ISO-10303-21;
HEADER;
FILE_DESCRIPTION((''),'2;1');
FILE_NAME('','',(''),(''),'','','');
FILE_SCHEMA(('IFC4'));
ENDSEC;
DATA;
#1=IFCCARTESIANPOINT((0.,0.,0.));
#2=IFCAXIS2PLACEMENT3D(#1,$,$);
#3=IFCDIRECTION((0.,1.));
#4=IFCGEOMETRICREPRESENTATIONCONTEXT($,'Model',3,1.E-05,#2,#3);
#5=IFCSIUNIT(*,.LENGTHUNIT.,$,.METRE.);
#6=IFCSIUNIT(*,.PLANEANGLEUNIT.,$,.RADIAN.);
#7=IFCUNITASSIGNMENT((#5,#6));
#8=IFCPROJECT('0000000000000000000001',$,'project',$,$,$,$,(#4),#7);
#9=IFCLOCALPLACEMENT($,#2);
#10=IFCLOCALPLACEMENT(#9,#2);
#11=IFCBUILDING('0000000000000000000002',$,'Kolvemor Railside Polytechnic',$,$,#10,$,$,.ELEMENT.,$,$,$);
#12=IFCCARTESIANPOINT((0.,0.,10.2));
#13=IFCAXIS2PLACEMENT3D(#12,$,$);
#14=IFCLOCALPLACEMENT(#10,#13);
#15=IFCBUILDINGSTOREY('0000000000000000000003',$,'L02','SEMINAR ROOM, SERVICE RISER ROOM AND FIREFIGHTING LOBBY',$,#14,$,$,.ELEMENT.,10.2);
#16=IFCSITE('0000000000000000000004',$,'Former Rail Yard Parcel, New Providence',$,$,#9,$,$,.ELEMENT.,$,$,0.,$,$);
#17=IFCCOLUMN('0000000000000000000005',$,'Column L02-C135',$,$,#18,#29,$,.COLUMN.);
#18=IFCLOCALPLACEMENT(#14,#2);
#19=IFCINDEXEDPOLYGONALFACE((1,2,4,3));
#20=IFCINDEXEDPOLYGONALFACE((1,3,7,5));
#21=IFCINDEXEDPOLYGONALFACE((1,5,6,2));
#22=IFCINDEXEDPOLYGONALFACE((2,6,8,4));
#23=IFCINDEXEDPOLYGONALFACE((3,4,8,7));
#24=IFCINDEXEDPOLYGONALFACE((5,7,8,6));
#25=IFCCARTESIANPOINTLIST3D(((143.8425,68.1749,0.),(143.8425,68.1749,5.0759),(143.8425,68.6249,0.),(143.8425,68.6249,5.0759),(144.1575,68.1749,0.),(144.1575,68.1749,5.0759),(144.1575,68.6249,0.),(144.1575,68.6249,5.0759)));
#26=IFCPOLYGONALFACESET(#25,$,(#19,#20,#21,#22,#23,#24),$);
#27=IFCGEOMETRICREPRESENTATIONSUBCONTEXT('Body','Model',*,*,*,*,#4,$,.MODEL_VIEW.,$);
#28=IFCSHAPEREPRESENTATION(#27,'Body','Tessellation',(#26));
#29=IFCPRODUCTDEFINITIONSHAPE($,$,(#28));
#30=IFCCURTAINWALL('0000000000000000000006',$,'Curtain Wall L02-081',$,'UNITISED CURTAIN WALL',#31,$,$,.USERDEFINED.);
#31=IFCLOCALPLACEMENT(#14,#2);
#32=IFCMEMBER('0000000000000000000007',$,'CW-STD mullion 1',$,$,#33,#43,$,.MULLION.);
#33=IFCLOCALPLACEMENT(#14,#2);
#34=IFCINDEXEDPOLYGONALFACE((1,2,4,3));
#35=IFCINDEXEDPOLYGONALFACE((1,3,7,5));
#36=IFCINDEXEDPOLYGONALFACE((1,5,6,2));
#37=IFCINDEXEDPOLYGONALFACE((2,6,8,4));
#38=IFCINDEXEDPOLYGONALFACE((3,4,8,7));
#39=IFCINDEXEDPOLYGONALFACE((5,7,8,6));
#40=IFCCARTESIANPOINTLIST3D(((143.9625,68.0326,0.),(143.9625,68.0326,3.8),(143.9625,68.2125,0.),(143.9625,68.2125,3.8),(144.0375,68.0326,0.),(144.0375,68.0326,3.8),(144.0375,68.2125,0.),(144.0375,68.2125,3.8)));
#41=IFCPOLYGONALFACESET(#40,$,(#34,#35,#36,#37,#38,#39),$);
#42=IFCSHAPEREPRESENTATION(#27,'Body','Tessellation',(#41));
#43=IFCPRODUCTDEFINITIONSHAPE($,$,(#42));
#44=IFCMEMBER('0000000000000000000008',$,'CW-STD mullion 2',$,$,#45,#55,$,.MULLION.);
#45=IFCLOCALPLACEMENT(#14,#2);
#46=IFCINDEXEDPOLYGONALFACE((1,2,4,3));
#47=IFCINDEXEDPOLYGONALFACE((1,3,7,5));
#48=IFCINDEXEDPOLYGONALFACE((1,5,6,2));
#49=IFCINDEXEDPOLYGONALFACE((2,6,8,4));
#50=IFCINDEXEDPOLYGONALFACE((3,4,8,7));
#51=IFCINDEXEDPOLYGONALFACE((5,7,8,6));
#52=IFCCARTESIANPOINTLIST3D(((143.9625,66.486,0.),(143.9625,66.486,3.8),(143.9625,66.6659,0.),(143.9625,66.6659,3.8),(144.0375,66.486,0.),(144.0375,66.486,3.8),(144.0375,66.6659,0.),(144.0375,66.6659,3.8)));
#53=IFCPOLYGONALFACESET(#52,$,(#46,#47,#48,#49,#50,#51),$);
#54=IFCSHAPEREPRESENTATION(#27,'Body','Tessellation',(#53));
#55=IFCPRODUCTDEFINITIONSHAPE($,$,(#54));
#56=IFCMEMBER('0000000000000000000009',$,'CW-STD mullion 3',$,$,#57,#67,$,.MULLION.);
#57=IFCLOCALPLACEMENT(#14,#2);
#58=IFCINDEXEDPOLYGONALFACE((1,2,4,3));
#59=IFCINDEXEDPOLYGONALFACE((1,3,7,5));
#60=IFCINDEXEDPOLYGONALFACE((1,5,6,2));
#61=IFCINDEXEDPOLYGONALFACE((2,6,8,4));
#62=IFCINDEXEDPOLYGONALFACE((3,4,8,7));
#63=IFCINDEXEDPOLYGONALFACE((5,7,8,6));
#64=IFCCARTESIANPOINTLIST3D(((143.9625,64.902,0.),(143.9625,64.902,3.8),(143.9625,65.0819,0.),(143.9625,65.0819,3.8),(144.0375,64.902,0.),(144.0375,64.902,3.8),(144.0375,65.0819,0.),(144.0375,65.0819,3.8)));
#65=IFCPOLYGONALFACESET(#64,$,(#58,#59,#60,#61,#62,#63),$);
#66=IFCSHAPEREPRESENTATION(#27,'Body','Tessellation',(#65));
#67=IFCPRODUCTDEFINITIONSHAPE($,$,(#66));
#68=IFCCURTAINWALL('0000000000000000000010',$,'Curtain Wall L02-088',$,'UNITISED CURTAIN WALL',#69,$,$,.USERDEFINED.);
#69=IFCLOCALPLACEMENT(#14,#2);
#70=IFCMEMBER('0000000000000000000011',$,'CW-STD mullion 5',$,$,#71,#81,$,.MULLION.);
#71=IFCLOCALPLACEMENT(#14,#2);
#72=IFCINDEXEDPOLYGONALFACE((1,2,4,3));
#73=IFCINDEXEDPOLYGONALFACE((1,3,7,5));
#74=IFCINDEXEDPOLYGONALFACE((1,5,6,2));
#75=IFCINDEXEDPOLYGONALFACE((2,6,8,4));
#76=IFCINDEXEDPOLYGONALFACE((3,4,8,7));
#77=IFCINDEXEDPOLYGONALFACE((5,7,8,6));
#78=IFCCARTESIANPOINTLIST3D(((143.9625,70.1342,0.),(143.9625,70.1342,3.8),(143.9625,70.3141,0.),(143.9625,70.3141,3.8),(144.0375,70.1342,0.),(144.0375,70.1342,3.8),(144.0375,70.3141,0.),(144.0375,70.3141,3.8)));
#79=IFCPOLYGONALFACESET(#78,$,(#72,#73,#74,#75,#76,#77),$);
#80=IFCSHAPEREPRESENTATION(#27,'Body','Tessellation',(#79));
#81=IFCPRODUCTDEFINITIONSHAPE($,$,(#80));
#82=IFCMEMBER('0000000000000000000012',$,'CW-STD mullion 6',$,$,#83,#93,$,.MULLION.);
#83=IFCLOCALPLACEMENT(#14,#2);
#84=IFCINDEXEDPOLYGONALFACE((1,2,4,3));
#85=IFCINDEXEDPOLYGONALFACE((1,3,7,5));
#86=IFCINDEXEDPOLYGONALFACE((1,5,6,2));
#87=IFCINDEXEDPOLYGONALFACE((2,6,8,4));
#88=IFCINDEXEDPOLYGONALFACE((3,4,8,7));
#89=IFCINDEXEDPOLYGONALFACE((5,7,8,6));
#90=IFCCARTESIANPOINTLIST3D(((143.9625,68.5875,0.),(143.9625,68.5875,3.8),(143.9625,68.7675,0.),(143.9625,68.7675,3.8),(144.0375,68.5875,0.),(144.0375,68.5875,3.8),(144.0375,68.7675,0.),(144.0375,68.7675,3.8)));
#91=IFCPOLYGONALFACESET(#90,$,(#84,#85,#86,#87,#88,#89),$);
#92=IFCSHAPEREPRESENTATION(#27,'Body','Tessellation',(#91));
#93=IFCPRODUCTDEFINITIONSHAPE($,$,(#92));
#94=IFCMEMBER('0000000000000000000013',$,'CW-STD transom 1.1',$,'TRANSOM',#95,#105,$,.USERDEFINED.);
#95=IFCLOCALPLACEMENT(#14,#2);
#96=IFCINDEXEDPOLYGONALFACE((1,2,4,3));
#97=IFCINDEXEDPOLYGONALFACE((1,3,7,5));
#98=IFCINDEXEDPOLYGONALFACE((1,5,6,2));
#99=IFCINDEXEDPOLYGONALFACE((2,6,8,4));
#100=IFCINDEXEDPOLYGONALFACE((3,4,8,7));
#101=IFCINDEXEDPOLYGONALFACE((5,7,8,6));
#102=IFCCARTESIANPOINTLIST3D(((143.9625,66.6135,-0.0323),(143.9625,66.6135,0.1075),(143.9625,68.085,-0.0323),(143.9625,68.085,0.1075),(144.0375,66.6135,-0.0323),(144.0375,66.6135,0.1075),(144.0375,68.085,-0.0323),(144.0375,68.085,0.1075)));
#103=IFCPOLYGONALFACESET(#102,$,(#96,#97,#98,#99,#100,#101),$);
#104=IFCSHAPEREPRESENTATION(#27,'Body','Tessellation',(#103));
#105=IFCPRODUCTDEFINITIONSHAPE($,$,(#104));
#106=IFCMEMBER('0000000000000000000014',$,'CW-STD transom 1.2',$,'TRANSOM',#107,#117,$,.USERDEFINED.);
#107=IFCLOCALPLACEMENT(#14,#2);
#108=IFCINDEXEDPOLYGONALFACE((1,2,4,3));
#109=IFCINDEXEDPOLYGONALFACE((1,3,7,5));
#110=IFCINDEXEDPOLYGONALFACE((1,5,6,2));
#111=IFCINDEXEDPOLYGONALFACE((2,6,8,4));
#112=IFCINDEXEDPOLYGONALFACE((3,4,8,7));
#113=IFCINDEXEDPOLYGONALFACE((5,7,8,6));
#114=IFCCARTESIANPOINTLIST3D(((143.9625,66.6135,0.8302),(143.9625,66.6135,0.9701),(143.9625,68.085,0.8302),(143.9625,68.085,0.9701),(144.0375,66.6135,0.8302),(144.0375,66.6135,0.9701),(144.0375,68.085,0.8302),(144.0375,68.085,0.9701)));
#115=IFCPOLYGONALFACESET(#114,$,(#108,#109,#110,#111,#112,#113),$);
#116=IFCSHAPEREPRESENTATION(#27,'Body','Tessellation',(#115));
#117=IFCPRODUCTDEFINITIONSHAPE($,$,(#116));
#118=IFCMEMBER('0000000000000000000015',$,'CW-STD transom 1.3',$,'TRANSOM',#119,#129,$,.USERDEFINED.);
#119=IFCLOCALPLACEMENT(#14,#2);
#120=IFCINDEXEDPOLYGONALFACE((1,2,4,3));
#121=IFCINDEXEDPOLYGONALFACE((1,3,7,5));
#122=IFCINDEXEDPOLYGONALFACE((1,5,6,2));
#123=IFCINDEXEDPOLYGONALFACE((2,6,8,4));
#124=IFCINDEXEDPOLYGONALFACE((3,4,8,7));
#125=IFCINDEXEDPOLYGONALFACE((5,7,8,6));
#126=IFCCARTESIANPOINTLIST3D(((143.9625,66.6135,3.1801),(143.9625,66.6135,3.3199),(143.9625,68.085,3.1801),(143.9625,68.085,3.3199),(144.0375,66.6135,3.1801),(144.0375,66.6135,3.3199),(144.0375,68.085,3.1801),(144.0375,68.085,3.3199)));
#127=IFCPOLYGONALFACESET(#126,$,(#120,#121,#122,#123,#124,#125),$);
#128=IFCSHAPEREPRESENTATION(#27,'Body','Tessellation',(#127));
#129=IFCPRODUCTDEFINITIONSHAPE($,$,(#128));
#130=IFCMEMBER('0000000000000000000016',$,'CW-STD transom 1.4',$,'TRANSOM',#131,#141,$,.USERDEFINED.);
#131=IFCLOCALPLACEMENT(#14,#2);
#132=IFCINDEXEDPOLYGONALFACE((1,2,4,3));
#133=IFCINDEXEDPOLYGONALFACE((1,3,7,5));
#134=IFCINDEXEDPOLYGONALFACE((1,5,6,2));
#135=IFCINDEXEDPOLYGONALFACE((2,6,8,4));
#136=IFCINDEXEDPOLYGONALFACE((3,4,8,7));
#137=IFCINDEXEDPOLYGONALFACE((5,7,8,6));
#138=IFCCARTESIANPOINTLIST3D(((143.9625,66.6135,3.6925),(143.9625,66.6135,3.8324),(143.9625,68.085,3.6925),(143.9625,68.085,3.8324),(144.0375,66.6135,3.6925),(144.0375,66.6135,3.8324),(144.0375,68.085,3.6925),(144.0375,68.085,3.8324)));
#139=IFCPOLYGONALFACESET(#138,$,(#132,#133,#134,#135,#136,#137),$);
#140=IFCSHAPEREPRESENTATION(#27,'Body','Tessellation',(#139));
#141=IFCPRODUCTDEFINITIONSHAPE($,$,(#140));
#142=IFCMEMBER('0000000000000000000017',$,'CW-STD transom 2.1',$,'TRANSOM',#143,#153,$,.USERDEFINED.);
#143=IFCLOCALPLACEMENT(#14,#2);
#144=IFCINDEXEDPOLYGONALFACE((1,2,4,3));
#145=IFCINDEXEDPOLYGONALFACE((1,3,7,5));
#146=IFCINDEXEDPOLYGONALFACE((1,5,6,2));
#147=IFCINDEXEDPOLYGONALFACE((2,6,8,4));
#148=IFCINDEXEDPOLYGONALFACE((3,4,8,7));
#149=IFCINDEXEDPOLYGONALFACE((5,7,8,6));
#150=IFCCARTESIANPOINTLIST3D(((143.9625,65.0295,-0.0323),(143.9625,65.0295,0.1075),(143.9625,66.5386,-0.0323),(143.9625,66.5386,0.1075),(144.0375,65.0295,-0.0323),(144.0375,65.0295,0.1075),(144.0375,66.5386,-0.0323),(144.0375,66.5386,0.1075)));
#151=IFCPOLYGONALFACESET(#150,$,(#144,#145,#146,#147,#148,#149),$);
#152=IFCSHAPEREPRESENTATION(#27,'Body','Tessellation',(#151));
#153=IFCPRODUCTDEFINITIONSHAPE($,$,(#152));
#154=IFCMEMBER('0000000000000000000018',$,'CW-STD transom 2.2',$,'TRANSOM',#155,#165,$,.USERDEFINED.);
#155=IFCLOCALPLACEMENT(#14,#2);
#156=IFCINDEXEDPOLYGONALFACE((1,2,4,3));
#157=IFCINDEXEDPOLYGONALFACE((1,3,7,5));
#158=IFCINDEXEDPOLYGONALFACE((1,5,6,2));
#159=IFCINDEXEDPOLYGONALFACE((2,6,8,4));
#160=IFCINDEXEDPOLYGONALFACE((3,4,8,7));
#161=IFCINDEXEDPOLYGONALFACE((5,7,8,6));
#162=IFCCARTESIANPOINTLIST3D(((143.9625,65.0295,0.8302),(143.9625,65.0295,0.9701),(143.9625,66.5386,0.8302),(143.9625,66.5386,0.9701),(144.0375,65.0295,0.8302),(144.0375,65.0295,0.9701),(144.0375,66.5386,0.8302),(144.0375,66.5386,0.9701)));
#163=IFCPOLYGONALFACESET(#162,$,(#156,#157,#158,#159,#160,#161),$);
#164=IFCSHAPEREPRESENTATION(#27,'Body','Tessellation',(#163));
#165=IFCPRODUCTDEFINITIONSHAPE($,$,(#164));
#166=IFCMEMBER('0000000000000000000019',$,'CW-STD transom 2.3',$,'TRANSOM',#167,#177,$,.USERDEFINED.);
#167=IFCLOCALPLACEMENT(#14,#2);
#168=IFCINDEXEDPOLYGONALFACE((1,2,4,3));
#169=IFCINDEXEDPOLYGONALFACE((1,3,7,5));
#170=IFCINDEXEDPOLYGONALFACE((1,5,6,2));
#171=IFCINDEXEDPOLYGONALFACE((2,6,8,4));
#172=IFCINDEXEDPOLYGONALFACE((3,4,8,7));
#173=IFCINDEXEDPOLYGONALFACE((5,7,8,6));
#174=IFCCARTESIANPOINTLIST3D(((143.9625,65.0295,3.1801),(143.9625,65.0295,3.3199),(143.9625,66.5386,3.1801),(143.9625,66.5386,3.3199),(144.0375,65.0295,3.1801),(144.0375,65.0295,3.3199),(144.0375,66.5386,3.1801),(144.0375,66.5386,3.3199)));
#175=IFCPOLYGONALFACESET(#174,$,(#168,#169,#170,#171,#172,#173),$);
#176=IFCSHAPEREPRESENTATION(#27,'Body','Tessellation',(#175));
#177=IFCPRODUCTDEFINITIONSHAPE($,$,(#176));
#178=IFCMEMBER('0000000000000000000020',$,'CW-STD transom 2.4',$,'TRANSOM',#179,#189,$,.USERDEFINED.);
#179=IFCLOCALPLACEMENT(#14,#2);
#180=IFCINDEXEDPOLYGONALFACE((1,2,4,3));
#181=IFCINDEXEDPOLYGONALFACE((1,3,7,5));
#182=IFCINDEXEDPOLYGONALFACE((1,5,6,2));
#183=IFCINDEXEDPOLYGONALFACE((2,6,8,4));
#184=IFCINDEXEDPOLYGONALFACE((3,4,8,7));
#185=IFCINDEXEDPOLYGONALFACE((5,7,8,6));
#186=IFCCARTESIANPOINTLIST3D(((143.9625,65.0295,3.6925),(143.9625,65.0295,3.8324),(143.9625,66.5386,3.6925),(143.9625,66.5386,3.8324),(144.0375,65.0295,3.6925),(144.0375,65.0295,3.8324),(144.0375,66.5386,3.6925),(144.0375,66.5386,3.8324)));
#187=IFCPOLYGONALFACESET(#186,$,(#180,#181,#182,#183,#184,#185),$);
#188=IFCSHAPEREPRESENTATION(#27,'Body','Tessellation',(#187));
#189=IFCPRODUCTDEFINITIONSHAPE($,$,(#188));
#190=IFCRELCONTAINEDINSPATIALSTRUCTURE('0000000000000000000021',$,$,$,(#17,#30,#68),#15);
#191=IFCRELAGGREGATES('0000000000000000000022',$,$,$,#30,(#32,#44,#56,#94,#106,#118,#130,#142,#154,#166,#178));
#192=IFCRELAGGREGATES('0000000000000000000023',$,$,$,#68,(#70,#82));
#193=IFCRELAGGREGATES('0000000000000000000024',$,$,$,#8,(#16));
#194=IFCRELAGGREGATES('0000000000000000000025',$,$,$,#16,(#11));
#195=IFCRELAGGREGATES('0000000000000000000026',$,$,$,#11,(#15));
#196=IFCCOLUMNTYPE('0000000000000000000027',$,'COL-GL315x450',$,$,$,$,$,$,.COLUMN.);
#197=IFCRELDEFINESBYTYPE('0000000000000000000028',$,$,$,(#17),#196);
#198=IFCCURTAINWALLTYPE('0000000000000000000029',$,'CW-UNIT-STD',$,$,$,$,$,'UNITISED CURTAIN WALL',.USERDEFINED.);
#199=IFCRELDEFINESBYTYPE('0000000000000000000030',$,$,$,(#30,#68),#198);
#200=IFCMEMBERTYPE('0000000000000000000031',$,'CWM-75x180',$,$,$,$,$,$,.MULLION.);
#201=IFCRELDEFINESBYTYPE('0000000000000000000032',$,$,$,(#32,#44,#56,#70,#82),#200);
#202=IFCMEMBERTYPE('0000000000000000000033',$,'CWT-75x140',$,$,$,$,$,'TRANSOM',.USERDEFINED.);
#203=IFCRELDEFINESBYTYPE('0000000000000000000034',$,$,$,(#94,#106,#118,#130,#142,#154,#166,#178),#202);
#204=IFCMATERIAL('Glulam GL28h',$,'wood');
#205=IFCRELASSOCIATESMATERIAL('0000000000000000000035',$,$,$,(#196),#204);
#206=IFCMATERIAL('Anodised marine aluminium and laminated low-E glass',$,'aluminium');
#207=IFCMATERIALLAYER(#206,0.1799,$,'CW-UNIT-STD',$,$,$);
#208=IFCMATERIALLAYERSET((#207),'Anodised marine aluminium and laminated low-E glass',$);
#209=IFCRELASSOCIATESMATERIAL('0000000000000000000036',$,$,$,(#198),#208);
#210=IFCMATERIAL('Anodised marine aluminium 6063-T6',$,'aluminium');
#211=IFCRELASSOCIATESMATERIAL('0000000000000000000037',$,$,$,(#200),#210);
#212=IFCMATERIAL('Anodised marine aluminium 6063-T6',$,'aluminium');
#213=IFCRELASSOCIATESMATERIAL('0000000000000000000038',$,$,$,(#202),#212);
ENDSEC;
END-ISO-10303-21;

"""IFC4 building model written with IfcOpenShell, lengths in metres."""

from ifc_helpers import new_model, si_unit, direction, frame, origin, origin_2d, place, context, subcontext, project, spatial, rectangle, extrude, material, layer, layer_set, material_profile, profile_set, type_object, element, aggregate, save


model = new_model("IFC4")

# Units and contexts
model_context = context("Model", 3, precision=1e-05, world=origin(), true_north=direction((0.0, 1.0)))
body_context = subcontext(model_context, "Body", "Model", "MODEL_VIEW")
ifc_project = project(units=[si_unit("LENGTHUNIT", "METRE"), si_unit("PLANEANGLEUNIT", "RADIAN")], contexts=[model_context])

# Site, building, storey
site_placement = place(None, origin())
site = spatial("IfcSite", under=ifc_project, at=site_placement, Name="Former Rail Yard Parcel, New Providence", CompositionType="ELEMENT", RefElevation=0.0)
building_placement = place(site_placement, origin())
building = spatial("IfcBuilding", under=site, at=building_placement, Name="Kolvemor Railside Polytechnic", CompositionType="ELEMENT")
storey_placement = place(building_placement, frame((0.0, 0.0, 10.2)))
storey = spatial("IfcBuildingStorey", under=building, at=storey_placement, Name="L02", Description="SEMINAR ROOM, SERVICE RISER ROOM AND FIREFIGHTING LOBBY", CompositionType="ELEMENT", Elevation=10.2)

# Column
ifc_material_1 = material(Name="Glulam GL28h", Category="wood")
ifc_material_profile_1 = material_profile(ifc_material_1, rectangle(XDim=0.3149, YDim=0.45, at=origin_2d()), Name="GL315x450")
ifc_profile_set_1 = profile_set([ifc_material_profile_1], Name="Glulam GL28h")
column_type = type_object("IfcColumnType", Name="COL-GL315x450", PredefinedType="COLUMN", material=ifc_profile_set_1)
column_placement = place(storey_placement, frame((144.0, 68.3999, 0.0), z_axis=(0.0, 0.0, 1.0), x_axis=(1.0, 0.0, 0.0)))
element("IfcColumn", 1, at=column_placement, inside=storey, type_object=column_type, Name="Column L02-C135", PredefinedType="COLUMN", context=body_context, shape_type="SweptSolid", body=[
    extrude(rectangle(XDim=0.3149, YDim=0.45, at=origin_2d()), origin(), (0.0, 0.0, 1.0), 5.0759),
])

# Curtain walls, members
ifc_material_2 = material(Name="Anodised marine aluminium and laminated low-E glass", Category="aluminium")
ifc_layer_1 = layer(ifc_material_2, 0.1799, Name="CW-UNIT-STD")
ifc_layer_set_1 = layer_set([ifc_layer_1], Name="Anodised marine aluminium and laminated low-E glass")
curtain_wall_type = type_object("IfcCurtainWallType", Name="CW-UNIT-STD", ElementType="UNITISED CURTAIN WALL", PredefinedType="USERDEFINED", material=ifc_layer_set_1)
curtain_wall_1_placement = place(storey_placement, origin())
curtain_wall_1 = element("IfcCurtainWall", 2, at=curtain_wall_1_placement, inside=storey, type_object=curtain_wall_type, Name="Curtain Wall L02-081", ObjectType="UNITISED CURTAIN WALL", PredefinedType="USERDEFINED")
ifc_material_3 = material(Name="Anodised marine aluminium 6063-T6", Category="aluminium")
ifc_material_profile_2 = material_profile(ifc_material_3, rectangle(XDim=0.075, YDim=0.1799, at=origin_2d()), Name="CW-MUL-75x180")
ifc_profile_set_2 = profile_set([ifc_material_profile_2], Name="Anodised marine aluminium 6063-T6")
member_type_1 = type_object("IfcMemberType", Name="CWM-75x180", PredefinedType="MULLION", material=ifc_profile_set_2)
member_1_placement = place(storey_placement, frame((144.0, 68.1226, 0.0), z_axis=(0.0, 0.0, 1.0), x_axis=(1.0, 0.0, 0.0)))
member_1 = element("IfcMember", 3, at=member_1_placement, type_object=member_type_1, Name="CW-STD mullion 1", PredefinedType="MULLION", context=body_context, shape_type="SweptSolid", body=[
    extrude(rectangle(XDim=0.075, YDim=0.1799, at=origin_2d()), origin(), (0.0, 0.0, 1.0), 3.8),
])
member_2_placement = place(storey_placement, frame((144.0, 66.5759, 0.0), z_axis=(0.0, 0.0, 1.0), x_axis=(1.0, 0.0, 0.0)))
member_2 = element("IfcMember", 4, at=member_2_placement, type_object=member_type_1, Name="CW-STD mullion 2", PredefinedType="MULLION", context=body_context, shape_type="SweptSolid", body=[
    extrude(rectangle(XDim=0.075, YDim=0.1799, at=origin_2d()), origin(), (0.0, 0.0, 1.0), 3.8),
])
member_3_placement = place(storey_placement, frame((144.0, 64.9919, 0.0), z_axis=(0.0, 0.0, 1.0), x_axis=(1.0, 0.0, 0.0)))
member_3 = element("IfcMember", 5, at=member_3_placement, type_object=member_type_1, Name="CW-STD mullion 3", PredefinedType="MULLION", context=body_context, shape_type="SweptSolid", body=[
    extrude(rectangle(XDim=0.075, YDim=0.1799, at=origin_2d()), origin(), (0.0, 0.0, 1.0), 3.8),
])
curtain_wall_2_placement = place(storey_placement, origin())
curtain_wall_2 = element("IfcCurtainWall", 6, at=curtain_wall_2_placement, inside=storey, type_object=curtain_wall_type, Name="Curtain Wall L02-088", ObjectType="UNITISED CURTAIN WALL", PredefinedType="USERDEFINED")
member_4_placement = place(storey_placement, frame((144.0, 70.2241, 0.0), z_axis=(0.0, 0.0, 1.0), x_axis=(1.0, 0.0, 0.0)))
member_4 = element("IfcMember", 7, at=member_4_placement, type_object=member_type_1, Name="CW-STD mullion 5", PredefinedType="MULLION", context=body_context, shape_type="SweptSolid", body=[
    extrude(rectangle(XDim=0.075, YDim=0.1799, at=origin_2d()), origin(), (0.0, 0.0, 1.0), 3.8),
])
member_5_placement = place(storey_placement, frame((144.0, 68.6775, 0.0), z_axis=(0.0, 0.0, 1.0), x_axis=(1.0, 0.0, 0.0)))
member_5 = element("IfcMember", 8, at=member_5_placement, type_object=member_type_1, Name="CW-STD mullion 6", PredefinedType="MULLION", context=body_context, shape_type="SweptSolid", body=[
    extrude(rectangle(XDim=0.075, YDim=0.1799, at=origin_2d()), origin(), (0.0, 0.0, 1.0), 3.8),
])

# Members
ifc_material_4 = material(Name="Anodised marine aluminium 6063-T6", Category="aluminium")
ifc_material_profile_3 = material_profile(ifc_material_4, rectangle(XDim=0.075, YDim=0.1399, at=origin_2d()), Name="CW-TRN-75x140")
ifc_profile_set_3 = profile_set([ifc_material_profile_3], Name="Anodised marine aluminium 6063-T6")
member_type_2 = type_object("IfcMemberType", Name="CWT-75x140", ElementType="TRANSOM", PredefinedType="USERDEFINED", material=ifc_profile_set_3)
member_6_placement = place(storey_placement, frame((144.0, 68.085, 0.0376), z_axis=(0.0, -1.0, 0.0), x_axis=(1.0, 0.0, 0.0)))
member_6 = element("IfcMember", 9, at=member_6_placement, type_object=member_type_2, Name="CW-STD transom 1.1", ObjectType="TRANSOM", PredefinedType="USERDEFINED", context=body_context, shape_type="SweptSolid", body=[
    extrude(rectangle(XDim=0.075, YDim=0.1399, at=origin_2d()), origin(), (0.0, 0.0, 1.0), 1.4714),
])
member_7_placement = place(storey_placement, frame((144.0, 68.085, 0.9001), z_axis=(0.0, -1.0, 0.0), x_axis=(1.0, 0.0, 0.0)))
member_7 = element("IfcMember", 10, at=member_7_placement, type_object=member_type_2, Name="CW-STD transom 1.2", ObjectType="TRANSOM", PredefinedType="USERDEFINED", context=body_context, shape_type="SweptSolid", body=[
    extrude(rectangle(XDim=0.075, YDim=0.1399, at=origin_2d()), origin(), (0.0, 0.0, 1.0), 1.4714),
])
member_8_placement = place(storey_placement, frame((144.0, 68.085, 3.25), z_axis=(0.0, -1.0, 0.0), x_axis=(1.0, 0.0, 0.0)))
member_8 = element("IfcMember", 11, at=member_8_placement, type_object=member_type_2, Name="CW-STD transom 1.3", ObjectType="TRANSOM", PredefinedType="USERDEFINED", context=body_context, shape_type="SweptSolid", body=[
    extrude(rectangle(XDim=0.075, YDim=0.1399, at=origin_2d()), origin(), (0.0, 0.0, 1.0), 1.4714),
])
member_9_placement = place(storey_placement, frame((144.0, 68.085, 3.7625), z_axis=(0.0, -1.0, 0.0), x_axis=(1.0, 0.0, 0.0)))
member_9 = element("IfcMember", 12, at=member_9_placement, type_object=member_type_2, Name="CW-STD transom 1.4", ObjectType="TRANSOM", PredefinedType="USERDEFINED", context=body_context, shape_type="SweptSolid", body=[
    extrude(rectangle(XDim=0.075, YDim=0.1399, at=origin_2d()), origin(), (0.0, 0.0, 1.0), 1.4714),
])
member_10_placement = place(storey_placement, frame((144.0, 66.5386, 0.0376), z_axis=(0.0, -1.0, 0.0), x_axis=(1.0, 0.0, 0.0)))
member_10 = element("IfcMember", 13, at=member_10_placement, type_object=member_type_2, Name="CW-STD transom 2.1", ObjectType="TRANSOM", PredefinedType="USERDEFINED", context=body_context, shape_type="SweptSolid", body=[
    extrude(rectangle(XDim=0.075, YDim=0.1399, at=origin_2d()), origin(), (0.0, 0.0, 1.0), 1.509),
])
member_11_placement = place(storey_placement, frame((144.0, 66.5386, 0.9001), z_axis=(0.0, -1.0, 0.0), x_axis=(1.0, 0.0, 0.0)))
member_11 = element("IfcMember", 14, at=member_11_placement, type_object=member_type_2, Name="CW-STD transom 2.2", ObjectType="TRANSOM", PredefinedType="USERDEFINED", context=body_context, shape_type="SweptSolid", body=[
    extrude(rectangle(XDim=0.075, YDim=0.1399, at=origin_2d()), origin(), (0.0, 0.0, 1.0), 1.509),
])
member_12_placement = place(storey_placement, frame((144.0, 66.5386, 3.25), z_axis=(0.0, -1.0, 0.0), x_axis=(1.0, 0.0, 0.0)))
member_12 = element("IfcMember", 15, at=member_12_placement, type_object=member_type_2, Name="CW-STD transom 2.3", ObjectType="TRANSOM", PredefinedType="USERDEFINED", context=body_context, shape_type="SweptSolid", body=[
    extrude(rectangle(XDim=0.075, YDim=0.1399, at=origin_2d()), origin(), (0.0, 0.0, 1.0), 1.509),
])
member_13_placement = place(storey_placement, frame((144.0, 66.5386, 3.7625), z_axis=(0.0, -1.0, 0.0), x_axis=(1.0, 0.0, 0.0)))
member_13 = element("IfcMember", 16, at=member_13_placement, type_object=member_type_2, Name="CW-STD transom 2.4", ObjectType="TRANSOM", PredefinedType="USERDEFINED", context=body_context, shape_type="SweptSolid", body=[
    extrude(rectangle(XDim=0.075, YDim=0.1399, at=origin_2d()), origin(), (0.0, 0.0, 1.0), 1.509),
])

aggregate(curtain_wall_1, [member_1, member_2, member_3, member_6, member_7, member_8, member_9, member_10, member_11, member_12, member_13])
aggregate(curtain_wall_2, [member_4, member_5])

save(model, "model.ifc")
